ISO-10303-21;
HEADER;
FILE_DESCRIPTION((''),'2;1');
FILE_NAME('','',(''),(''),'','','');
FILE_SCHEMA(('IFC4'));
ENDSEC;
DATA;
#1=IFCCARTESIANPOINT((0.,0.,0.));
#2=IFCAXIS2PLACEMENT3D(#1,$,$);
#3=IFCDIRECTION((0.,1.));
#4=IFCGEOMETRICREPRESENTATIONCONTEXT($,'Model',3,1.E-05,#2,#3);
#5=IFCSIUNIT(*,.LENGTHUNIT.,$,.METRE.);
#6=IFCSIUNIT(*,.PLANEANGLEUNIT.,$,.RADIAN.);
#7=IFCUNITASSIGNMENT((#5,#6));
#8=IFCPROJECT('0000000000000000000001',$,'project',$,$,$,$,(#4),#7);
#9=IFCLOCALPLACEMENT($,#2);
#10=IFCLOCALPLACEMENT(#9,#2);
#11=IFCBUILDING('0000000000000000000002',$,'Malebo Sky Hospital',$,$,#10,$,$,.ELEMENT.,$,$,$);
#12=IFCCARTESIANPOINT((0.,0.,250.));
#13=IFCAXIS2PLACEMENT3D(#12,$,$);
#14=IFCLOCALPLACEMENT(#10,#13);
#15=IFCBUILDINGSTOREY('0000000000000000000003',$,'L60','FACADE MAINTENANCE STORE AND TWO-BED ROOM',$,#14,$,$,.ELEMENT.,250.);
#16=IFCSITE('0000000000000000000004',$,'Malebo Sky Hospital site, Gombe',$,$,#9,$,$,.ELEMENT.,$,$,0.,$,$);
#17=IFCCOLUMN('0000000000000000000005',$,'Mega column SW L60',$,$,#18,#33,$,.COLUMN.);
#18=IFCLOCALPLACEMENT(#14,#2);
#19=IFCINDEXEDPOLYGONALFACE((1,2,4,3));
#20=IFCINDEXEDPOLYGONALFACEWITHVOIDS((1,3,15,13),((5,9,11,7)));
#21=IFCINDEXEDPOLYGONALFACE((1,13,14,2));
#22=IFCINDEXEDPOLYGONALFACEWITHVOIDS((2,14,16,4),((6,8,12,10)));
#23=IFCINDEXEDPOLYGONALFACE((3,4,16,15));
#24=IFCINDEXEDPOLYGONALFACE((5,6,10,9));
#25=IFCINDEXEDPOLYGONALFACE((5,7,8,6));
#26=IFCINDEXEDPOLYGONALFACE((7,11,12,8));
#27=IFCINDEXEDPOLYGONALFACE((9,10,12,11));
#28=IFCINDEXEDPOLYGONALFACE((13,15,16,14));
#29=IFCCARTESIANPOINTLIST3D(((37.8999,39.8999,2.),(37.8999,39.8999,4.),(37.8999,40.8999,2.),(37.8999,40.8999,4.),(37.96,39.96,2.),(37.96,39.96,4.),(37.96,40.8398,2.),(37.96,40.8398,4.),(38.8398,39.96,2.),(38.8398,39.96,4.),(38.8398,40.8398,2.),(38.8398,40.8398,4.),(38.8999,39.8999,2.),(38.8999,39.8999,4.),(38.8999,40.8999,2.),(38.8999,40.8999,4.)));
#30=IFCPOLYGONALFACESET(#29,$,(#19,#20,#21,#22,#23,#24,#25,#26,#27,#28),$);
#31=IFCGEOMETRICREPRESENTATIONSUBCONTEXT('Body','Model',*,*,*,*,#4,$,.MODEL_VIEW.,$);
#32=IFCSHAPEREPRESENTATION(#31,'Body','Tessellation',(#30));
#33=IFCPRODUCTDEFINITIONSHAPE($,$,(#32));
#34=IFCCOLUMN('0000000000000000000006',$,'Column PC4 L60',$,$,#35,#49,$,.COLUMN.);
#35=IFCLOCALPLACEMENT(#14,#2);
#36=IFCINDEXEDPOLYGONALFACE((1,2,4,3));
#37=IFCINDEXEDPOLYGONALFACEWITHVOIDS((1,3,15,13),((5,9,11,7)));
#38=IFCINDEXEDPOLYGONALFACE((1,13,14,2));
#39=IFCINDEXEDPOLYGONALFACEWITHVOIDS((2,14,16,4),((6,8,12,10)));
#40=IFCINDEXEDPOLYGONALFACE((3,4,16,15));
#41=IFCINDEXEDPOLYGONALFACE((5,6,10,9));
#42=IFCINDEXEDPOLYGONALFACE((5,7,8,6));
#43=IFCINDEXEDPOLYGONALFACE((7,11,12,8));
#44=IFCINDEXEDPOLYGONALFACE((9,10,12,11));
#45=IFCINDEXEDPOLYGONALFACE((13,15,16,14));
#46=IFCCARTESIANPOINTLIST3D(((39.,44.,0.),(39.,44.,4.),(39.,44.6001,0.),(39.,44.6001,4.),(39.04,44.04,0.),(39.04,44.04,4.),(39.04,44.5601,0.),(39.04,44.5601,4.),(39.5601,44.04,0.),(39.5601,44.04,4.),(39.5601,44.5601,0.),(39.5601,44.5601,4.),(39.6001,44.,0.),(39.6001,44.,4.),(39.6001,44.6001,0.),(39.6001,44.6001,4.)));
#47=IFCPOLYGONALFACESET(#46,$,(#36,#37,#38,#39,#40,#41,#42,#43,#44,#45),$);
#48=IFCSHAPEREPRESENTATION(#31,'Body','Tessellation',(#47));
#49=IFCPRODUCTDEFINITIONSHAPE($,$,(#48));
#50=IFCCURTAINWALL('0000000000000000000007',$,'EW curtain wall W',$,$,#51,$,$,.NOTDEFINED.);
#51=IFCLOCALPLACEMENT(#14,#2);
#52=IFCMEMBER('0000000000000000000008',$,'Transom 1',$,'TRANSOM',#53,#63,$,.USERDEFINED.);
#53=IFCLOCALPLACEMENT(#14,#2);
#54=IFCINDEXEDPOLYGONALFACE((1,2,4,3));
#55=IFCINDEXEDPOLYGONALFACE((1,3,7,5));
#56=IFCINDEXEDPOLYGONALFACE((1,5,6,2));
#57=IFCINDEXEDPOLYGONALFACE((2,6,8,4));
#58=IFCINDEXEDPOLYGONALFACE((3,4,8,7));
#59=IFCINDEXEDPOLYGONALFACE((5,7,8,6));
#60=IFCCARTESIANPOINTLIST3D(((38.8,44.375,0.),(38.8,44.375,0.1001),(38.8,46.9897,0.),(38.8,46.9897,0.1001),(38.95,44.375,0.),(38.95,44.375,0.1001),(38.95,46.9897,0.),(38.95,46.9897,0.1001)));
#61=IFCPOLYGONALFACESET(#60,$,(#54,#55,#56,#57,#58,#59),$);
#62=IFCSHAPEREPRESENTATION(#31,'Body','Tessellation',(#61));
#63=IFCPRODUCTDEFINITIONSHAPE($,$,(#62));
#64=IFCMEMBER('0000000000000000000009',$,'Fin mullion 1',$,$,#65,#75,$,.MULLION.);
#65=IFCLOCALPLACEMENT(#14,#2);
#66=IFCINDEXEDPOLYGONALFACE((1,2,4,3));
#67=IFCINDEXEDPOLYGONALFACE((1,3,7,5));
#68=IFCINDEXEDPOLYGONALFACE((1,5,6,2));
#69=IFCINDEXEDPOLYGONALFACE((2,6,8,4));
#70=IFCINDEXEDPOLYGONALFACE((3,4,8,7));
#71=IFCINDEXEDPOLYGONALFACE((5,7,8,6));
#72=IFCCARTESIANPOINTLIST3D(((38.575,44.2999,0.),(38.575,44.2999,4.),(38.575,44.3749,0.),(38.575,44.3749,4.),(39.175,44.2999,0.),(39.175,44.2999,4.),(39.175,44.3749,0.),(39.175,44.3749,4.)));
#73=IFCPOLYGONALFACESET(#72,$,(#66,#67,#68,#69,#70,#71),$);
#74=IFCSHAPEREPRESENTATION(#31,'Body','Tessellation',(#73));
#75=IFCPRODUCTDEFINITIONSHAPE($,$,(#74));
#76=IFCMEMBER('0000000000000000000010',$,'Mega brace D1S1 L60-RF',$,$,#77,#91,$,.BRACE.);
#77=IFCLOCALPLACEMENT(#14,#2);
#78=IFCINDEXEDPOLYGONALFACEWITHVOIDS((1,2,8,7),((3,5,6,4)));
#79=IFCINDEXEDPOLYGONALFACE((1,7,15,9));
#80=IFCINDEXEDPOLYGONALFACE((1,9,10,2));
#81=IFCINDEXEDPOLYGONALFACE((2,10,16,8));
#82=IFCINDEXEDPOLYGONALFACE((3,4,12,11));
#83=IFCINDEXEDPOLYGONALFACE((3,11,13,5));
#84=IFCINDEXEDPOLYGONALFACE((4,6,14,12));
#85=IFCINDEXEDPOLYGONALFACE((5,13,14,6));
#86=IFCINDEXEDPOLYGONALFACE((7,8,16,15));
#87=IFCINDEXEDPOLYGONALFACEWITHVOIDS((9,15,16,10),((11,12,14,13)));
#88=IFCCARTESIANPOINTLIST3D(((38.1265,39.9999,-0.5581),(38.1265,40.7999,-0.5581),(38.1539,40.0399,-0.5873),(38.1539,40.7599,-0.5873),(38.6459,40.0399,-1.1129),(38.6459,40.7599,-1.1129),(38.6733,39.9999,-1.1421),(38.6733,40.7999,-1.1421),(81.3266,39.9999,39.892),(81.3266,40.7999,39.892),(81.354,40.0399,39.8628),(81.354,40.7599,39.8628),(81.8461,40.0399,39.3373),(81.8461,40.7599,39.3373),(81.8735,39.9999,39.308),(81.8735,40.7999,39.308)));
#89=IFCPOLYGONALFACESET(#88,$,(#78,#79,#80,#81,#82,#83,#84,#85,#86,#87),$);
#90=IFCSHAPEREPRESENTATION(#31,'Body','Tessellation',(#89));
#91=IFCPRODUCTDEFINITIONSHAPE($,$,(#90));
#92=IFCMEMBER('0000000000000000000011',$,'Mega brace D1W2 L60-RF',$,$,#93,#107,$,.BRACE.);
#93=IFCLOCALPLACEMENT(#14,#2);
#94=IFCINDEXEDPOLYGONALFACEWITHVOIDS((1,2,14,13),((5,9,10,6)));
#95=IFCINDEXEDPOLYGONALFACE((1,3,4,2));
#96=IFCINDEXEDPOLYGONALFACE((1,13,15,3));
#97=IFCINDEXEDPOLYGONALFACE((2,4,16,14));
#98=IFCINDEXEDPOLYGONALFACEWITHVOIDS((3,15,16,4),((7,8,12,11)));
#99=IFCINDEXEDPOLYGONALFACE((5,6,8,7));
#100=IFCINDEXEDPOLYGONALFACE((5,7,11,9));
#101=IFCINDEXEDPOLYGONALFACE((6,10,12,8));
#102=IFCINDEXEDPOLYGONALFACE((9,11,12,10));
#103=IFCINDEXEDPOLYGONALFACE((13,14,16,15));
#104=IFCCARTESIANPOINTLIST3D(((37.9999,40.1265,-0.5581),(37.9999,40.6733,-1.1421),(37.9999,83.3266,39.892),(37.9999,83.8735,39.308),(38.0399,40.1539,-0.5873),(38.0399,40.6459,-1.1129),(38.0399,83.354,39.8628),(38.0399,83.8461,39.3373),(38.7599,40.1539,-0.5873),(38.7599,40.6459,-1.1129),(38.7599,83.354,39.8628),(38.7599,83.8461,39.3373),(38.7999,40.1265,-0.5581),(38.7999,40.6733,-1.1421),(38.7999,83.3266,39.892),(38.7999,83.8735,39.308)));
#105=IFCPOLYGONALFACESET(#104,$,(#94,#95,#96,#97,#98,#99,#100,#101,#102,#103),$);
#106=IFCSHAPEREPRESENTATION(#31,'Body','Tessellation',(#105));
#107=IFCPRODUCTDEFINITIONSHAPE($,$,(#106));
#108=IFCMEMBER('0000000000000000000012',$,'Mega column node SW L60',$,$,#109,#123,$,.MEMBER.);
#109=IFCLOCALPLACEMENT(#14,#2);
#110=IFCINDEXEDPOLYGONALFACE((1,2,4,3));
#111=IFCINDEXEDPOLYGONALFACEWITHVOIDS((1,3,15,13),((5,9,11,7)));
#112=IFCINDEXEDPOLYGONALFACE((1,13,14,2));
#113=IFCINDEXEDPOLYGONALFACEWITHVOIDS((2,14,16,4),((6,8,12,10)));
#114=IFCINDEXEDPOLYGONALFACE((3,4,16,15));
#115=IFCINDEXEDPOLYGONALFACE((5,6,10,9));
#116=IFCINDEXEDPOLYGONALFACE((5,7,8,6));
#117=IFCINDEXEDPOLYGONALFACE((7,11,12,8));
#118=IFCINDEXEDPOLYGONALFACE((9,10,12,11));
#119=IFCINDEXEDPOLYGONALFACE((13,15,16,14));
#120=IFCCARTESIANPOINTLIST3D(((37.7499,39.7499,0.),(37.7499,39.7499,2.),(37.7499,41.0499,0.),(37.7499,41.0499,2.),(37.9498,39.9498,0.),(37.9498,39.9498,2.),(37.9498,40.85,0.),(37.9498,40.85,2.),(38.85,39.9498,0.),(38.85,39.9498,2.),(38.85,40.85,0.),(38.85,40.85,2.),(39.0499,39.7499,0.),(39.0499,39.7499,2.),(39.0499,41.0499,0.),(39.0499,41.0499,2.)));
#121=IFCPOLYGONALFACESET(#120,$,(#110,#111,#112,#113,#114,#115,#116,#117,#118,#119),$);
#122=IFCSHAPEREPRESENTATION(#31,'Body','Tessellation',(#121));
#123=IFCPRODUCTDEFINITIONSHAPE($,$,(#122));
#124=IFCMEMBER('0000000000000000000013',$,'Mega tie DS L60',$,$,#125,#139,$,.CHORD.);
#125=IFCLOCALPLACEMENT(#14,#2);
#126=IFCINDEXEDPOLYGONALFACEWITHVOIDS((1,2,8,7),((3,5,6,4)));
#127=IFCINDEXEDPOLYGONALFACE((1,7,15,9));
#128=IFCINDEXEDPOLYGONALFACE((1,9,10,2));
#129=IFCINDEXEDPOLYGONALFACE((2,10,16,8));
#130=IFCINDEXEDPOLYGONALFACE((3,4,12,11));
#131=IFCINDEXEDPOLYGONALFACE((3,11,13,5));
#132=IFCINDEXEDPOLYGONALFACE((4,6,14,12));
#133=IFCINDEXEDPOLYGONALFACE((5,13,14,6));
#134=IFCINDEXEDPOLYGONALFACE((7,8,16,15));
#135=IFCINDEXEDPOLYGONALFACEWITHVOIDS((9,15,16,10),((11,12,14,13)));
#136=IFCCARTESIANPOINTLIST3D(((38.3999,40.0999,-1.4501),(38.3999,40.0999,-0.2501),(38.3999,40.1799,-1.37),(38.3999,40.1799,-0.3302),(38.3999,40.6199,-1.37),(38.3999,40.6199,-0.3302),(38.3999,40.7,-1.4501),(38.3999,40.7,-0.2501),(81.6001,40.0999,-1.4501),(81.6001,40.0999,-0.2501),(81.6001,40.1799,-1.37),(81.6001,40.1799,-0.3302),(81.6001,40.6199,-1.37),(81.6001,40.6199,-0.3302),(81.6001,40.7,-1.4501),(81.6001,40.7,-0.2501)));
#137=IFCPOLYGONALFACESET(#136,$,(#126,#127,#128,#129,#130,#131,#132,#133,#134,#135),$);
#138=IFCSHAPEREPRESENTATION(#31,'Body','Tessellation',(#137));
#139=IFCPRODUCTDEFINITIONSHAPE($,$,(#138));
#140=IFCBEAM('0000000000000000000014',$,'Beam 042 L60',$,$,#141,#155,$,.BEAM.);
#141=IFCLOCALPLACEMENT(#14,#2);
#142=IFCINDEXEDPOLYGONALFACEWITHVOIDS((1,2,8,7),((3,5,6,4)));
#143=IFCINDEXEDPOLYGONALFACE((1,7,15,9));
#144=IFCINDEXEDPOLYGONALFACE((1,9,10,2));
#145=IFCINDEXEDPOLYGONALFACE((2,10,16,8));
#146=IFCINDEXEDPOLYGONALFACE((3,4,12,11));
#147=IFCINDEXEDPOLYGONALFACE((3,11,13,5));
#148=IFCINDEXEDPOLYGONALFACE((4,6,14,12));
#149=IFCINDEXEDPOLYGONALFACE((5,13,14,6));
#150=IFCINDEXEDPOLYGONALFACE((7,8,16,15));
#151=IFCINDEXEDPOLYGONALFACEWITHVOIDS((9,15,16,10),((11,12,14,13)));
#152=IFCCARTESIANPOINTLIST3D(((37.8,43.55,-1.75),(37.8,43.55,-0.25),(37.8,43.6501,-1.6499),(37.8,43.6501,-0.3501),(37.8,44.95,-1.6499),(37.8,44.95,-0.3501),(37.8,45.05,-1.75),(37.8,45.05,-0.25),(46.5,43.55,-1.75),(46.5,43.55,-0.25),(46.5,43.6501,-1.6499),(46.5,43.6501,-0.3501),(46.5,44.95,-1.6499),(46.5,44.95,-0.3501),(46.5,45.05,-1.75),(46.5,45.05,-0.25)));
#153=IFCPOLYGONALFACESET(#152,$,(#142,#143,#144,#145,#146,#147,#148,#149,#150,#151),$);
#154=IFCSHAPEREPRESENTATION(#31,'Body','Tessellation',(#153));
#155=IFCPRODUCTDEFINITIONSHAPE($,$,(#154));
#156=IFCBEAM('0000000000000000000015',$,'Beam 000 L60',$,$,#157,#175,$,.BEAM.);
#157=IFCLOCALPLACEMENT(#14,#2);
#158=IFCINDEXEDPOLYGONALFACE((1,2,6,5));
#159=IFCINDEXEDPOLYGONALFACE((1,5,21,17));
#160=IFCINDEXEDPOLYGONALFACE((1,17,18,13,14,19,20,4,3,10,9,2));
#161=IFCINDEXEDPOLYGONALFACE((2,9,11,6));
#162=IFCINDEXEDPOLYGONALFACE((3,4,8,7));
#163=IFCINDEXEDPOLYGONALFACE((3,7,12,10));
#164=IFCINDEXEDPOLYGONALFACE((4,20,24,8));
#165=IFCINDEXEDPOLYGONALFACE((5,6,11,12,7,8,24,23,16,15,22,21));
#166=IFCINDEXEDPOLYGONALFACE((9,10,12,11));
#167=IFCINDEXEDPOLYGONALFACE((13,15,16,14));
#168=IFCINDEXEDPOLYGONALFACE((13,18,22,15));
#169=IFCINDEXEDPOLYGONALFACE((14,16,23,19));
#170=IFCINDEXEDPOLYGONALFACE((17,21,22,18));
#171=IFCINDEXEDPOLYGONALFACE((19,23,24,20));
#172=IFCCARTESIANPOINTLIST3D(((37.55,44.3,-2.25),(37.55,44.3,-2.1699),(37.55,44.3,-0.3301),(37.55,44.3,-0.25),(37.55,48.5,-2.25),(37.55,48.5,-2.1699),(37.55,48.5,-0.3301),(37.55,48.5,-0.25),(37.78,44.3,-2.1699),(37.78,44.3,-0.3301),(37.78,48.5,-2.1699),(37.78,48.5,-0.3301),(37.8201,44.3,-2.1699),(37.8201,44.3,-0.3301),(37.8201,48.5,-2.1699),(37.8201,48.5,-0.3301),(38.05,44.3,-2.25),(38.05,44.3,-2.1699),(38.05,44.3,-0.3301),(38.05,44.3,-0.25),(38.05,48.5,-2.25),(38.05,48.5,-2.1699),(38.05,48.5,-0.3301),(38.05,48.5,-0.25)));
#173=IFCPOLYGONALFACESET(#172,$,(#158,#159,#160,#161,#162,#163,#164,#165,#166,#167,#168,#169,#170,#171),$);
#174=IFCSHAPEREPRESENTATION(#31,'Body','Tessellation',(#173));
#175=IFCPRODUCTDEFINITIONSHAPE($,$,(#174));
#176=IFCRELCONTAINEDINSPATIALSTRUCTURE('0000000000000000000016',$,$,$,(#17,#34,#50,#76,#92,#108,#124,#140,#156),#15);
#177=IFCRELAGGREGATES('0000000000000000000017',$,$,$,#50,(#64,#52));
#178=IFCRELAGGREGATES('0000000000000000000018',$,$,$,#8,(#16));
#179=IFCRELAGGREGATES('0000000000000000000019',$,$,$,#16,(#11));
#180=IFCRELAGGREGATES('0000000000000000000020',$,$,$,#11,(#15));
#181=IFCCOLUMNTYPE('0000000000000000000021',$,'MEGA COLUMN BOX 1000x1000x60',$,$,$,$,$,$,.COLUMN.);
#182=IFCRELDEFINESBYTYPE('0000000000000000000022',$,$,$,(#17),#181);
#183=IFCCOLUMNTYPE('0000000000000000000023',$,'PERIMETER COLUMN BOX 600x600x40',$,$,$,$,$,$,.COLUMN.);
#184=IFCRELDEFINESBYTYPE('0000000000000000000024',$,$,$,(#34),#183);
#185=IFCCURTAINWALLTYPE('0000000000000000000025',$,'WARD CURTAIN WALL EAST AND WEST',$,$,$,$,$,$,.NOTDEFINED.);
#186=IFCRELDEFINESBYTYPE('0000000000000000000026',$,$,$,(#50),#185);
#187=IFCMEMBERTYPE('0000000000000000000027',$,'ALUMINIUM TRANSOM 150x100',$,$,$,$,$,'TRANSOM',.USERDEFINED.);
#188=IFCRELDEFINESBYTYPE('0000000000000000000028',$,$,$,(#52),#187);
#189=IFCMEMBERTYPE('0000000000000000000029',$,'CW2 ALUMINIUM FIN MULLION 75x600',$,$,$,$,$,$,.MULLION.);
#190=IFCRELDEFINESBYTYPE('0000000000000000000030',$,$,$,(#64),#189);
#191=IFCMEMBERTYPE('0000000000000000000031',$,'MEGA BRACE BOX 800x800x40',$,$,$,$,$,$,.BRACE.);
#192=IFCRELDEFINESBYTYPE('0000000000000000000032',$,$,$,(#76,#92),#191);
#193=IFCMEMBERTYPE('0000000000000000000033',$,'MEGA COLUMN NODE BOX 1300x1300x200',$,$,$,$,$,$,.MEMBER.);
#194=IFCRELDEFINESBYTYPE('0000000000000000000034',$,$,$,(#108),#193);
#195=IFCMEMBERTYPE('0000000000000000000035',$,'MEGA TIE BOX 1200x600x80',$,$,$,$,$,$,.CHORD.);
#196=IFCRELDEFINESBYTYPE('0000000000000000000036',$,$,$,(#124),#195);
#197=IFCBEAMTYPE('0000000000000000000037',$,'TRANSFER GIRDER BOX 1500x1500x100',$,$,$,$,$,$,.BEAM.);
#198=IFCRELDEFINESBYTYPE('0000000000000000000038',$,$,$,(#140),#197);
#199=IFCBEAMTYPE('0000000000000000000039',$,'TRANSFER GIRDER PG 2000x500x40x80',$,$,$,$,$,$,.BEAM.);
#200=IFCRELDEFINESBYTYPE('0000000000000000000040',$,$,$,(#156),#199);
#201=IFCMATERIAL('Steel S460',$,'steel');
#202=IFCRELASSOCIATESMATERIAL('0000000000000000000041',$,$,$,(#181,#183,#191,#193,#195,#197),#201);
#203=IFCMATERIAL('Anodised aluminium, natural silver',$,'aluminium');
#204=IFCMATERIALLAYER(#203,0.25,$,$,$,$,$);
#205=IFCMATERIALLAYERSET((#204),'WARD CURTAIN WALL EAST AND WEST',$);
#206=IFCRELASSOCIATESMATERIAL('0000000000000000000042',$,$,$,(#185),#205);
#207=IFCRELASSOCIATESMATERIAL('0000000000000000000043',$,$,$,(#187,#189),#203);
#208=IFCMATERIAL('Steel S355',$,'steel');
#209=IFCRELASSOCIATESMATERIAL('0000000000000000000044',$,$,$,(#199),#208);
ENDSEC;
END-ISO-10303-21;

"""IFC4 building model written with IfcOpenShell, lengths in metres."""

from ifc_helpers import new_model, si_unit, direction, frame, origin, origin_2d, place, context, subcontext, project, spatial, rectangle, hollow_rectangle, i_section, extrude, material, layer, layer_set, material_profile, profile_set, type_object, element, aggregate, save


model = new_model("IFC4")

# Units and contexts
model_context = context("Model", 3, precision=1e-05, world=origin(), true_north=direction((0.0, 1.0)))
body_context = subcontext(model_context, "Body", "Model", "MODEL_VIEW")
ifc_project = project(units=[si_unit("LENGTHUNIT", "METRE"), si_unit("PLANEANGLEUNIT", "RADIAN")], contexts=[model_context])

# Site, building, storey
site_placement = place(None, origin())
site = spatial("IfcSite", under=ifc_project, at=site_placement, Name="Malebo Sky Hospital site, Gombe", CompositionType="ELEMENT", RefElevation=0.0)
building_placement = place(site_placement, origin())
building = spatial("IfcBuilding", under=site, at=building_placement, Name="Malebo Sky Hospital", CompositionType="ELEMENT")
storey_placement = place(building_placement, frame((0.0, 0.0, 250.0)))
storey = spatial("IfcBuildingStorey", under=building, at=storey_placement, Name="L60", Description="FACADE MAINTENANCE STORE AND TWO-BED ROOM", CompositionType="ELEMENT", Elevation=250.0)

# Columns
ifc_material_1 = material(Name="Steel S460", Category="steel")
ifc_material_profile_1 = material_profile(ifc_material_1, hollow_rectangle(XDim=1.0, YDim=1.0, WallThickness=0.0601, at=origin_2d()), Name="BOX 1000x1000x60")
ifc_profile_set_1 = profile_set([ifc_material_profile_1], Name="Steel S460")
column_type_1 = type_object("IfcColumnType", Name="MEGA COLUMN BOX 1000x1000x60", PredefinedType="COLUMN", material=ifc_profile_set_1)
column_1_placement = place(storey_placement, frame((38.3999, 40.3999, 2.0), z_axis=(0.0, 0.0, 1.0), x_axis=(1.0, 0.0, 0.0)))
element("IfcColumn", 1, at=column_1_placement, inside=storey, type_object=column_type_1, Name="Mega column SW L60", PredefinedType="COLUMN", context=body_context, shape_type="SweptSolid", body=[
    extrude(hollow_rectangle(XDim=1.0, YDim=1.0, WallThickness=0.0601, at=origin_2d()), origin(), (0.0, 0.0, 1.0), 2.0),
])
ifc_material_profile_2 = material_profile(ifc_material_1, hollow_rectangle(XDim=0.6001, YDim=0.6001, WallThickness=0.04, at=origin_2d()), Name="BOX 600x600x40")
ifc_profile_set_2 = profile_set([ifc_material_profile_2], Name="Steel S460")
column_type_2 = type_object("IfcColumnType", Name="PERIMETER COLUMN BOX 600x600x40", PredefinedType="COLUMN", material=ifc_profile_set_2)
column_2_placement = place(storey_placement, frame((39.3, 44.3, 0.0), z_axis=(0.0, 0.0, 1.0), x_axis=(1.0, 0.0, 0.0)))
element("IfcColumn", 2, at=column_2_placement, inside=storey, type_object=column_type_2, Name="Column PC4 L60", PredefinedType="COLUMN", context=body_context, shape_type="SweptSolid", body=[
    extrude(hollow_rectangle(XDim=0.6001, YDim=0.6001, WallThickness=0.04, at=origin_2d()), origin(), (0.0, 0.0, 1.0), 4.0),
])

# Curtain wall, members
ifc_material_2 = material(Name="Anodised aluminium, natural silver", Category="aluminium")
ifc_layer_1 = layer(ifc_material_2, 0.25)
ifc_layer_set_1 = layer_set([ifc_layer_1], Name="WARD CURTAIN WALL EAST AND WEST")
curtain_wall_type = type_object("IfcCurtainWallType", Name="WARD CURTAIN WALL EAST AND WEST", PredefinedType="NOTDEFINED", material=ifc_layer_set_1)
curtain_wall_placement = place(storey_placement, origin())
curtain_wall = element("IfcCurtainWall", 3, at=curtain_wall_placement, inside=storey, type_object=curtain_wall_type, Name="EW curtain wall W", PredefinedType="NOTDEFINED")
ifc_material_profile_3 = material_profile(ifc_material_2, rectangle(XDim=0.1499, YDim=0.1001, at=origin_2d()), Name="ALUMINIUM TRANSOM 150x100")
ifc_profile_set_3 = profile_set([ifc_material_profile_3], Name="Anodised aluminium, natural silver")
member_type_1 = type_object("IfcMemberType", Name="ALUMINIUM TRANSOM 150x100", ElementType="TRANSOM", PredefinedType="USERDEFINED", material=ifc_profile_set_3)
member_1_placement = place(storey_placement, frame((38.875, 44.375, 0.05), z_axis=(0.0, 1.0, 0.0), x_axis=(-1.0, 0.0, 0.0)))
member_1 = element("IfcMember", 4, at=member_1_placement, type_object=member_type_1, Name="Transom 1", ObjectType="TRANSOM", PredefinedType="USERDEFINED", context=body_context, shape_type="SweptSolid", body=[
    extrude(rectangle(XDim=0.1499, YDim=0.1001, at=origin_2d()), origin(), (0.0, 0.0, 1.0), 2.6147),
])
ifc_material_profile_4 = material_profile(ifc_material_2, rectangle(XDim=0.075, YDim=0.6001, at=origin_2d()), Name="CW2 ALUMINIUM FIN MULLION 75x600")
ifc_profile_set_4 = profile_set([ifc_material_profile_4], Name="Anodised aluminium, natural silver")
member_type_2 = type_object("IfcMemberType", Name="CW2 ALUMINIUM FIN MULLION 75x600", PredefinedType="MULLION", material=ifc_profile_set_4)
member_2_placement = place(storey_placement, frame((38.875, 44.3374, 0.0), z_axis=(0.0, 0.0, 1.0), x_axis=(0.0, 1.0, 0.0)))
member_2 = element("IfcMember", 5, at=member_2_placement, type_object=member_type_2, Name="Fin mullion 1", PredefinedType="MULLION", context=body_context, shape_type="SweptSolid", body=[
    extrude(rectangle(XDim=0.075, YDim=0.6001, at=origin_2d()), origin(), (0.0, 0.0, 1.0), 4.0),
])
aggregate(curtain_wall, [member_2, member_1])

# Members
ifc_material_profile_5 = material_profile(ifc_material_1, hollow_rectangle(XDim=0.8, YDim=0.8, WallThickness=0.04, at=origin_2d()), Name="BOX 800x800x40")
ifc_profile_set_5 = profile_set([ifc_material_profile_5], Name="Steel S460")
member_type_3 = type_object("IfcMemberType", Name="MEGA BRACE BOX 800x800x40", PredefinedType="BRACE", material=ifc_profile_set_5)
for number, where, z_axis, x_axis, name in (
    (6, (38.3999, 40.3999, -0.8501), (0.729959, 0.0, 0.683491), (0.0, 1.0, 0.0), "Mega brace D1S1 L60-RF"),
    (7, (38.3999, 40.3999, -0.8501), (0.0, 0.729959, 0.683491), (-1.0, 0.0, 0.0), "Mega brace D1W2 L60-RF"),
):
    element("IfcMember", number, at=place(storey_placement, frame(where, z_axis=z_axis, x_axis=x_axis)), inside=storey, type_object=member_type_3, Name=name, PredefinedType="BRACE", context=body_context, shape_type="SweptSolid", body=[
        extrude(hollow_rectangle(XDim=0.8, YDim=0.8, WallThickness=0.04, at=origin_2d()), origin(), (0.0, 0.0, 1.0), 59.1816),
    ])
ifc_material_profile_6 = material_profile(ifc_material_1, hollow_rectangle(XDim=1.3, YDim=1.3, WallThickness=0.2, at=origin_2d()), Name="BOX 1300x1300x200")
ifc_profile_set_6 = profile_set([ifc_material_profile_6], Name="Steel S460")
member_type_4 = type_object("IfcMemberType", Name="MEGA COLUMN NODE BOX 1300x1300x200", PredefinedType="MEMBER", material=ifc_profile_set_6)
member_3_placement = place(storey_placement, frame((38.3999, 40.3999, 0.0), z_axis=(0.0, 0.0, 1.0), x_axis=(1.0, 0.0, 0.0)))
element("IfcMember", 8, at=member_3_placement, inside=storey, type_object=member_type_4, Name="Mega column node SW L60", PredefinedType="MEMBER", context=body_context, shape_type="SweptSolid", body=[
    extrude(hollow_rectangle(XDim=1.3, YDim=1.3, WallThickness=0.2, at=origin_2d()), origin(), (0.0, 0.0, 1.0), 2.0),
])
ifc_material_profile_7 = material_profile(ifc_material_1, hollow_rectangle(XDim=0.6001, YDim=1.2, WallThickness=0.0801, at=origin_2d()), Name="BOX 1200x600x80")
ifc_profile_set_7 = profile_set([ifc_material_profile_7], Name="Steel S460")
member_type_5 = type_object("IfcMemberType", Name="MEGA TIE BOX 1200x600x80", PredefinedType="CHORD", material=ifc_profile_set_7)
member_4_placement = place(storey_placement, frame((38.3999, 40.3999, -0.8501), z_axis=(1.0, 0.0, 0.0), x_axis=(0.0, 1.0, 0.0)))
element("IfcMember", 9, at=member_4_placement, inside=storey, type_object=member_type_5, Name="Mega tie DS L60", PredefinedType="CHORD", context=body_context, shape_type="SweptSolid", body=[
    extrude(hollow_rectangle(XDim=0.6001, YDim=1.2, WallThickness=0.0801, at=origin_2d()), origin(), (0.0, 0.0, 1.0), 43.2002),
])

# Beams
ifc_material_profile_8 = material_profile(ifc_material_1, hollow_rectangle(XDim=1.5, YDim=1.5, WallThickness=0.1001, at=origin_2d()), Name="BOX 1500x1500x100")
ifc_profile_set_8 = profile_set([ifc_material_profile_8], Name="Steel S460")
beam_type_1 = type_object("IfcBeamType", Name="TRANSFER GIRDER BOX 1500x1500x100", PredefinedType="BEAM", material=ifc_profile_set_8)
beam_1_placement = place(storey_placement, frame((37.8, 44.3, -1.0), z_axis=(1.0, 0.0, 0.0), x_axis=(0.0, 1.0, 0.0)))
element("IfcBeam", 10, at=beam_1_placement, inside=storey, type_object=beam_type_1, Name="Beam 042 L60", PredefinedType="BEAM", context=body_context, shape_type="SweptSolid", body=[
    extrude(hollow_rectangle(XDim=1.5, YDim=1.5, WallThickness=0.1001, at=origin_2d()), origin(), (0.0, 0.0, 1.0), 8.7),
])
ifc_material_3 = material(Name="Steel S355", Category="steel")
ifc_material_profile_9 = material_profile(ifc_material_3, i_section(OverallWidth=0.5, OverallDepth=2.0, WebThickness=0.04, FlangeThickness=0.0801, at=origin_2d()), Name="PG 2000x500x40x80")
ifc_profile_set_9 = profile_set([ifc_material_profile_9], Name="Steel S355")
beam_type_2 = type_object("IfcBeamType", Name="TRANSFER GIRDER PG 2000x500x40x80", PredefinedType="BEAM", material=ifc_profile_set_9)
beam_2_placement = place(storey_placement, frame((37.8, 44.3, -1.25), z_axis=(0.0, 1.0, 0.0), x_axis=(-1.0, 0.0, 0.0)))
element("IfcBeam", 11, at=beam_2_placement, inside=storey, type_object=beam_type_2, Name="Beam 000 L60", PredefinedType="BEAM", context=body_context, shape_type="SweptSolid", body=[
    extrude(i_section(OverallWidth=0.5, OverallDepth=2.0, WebThickness=0.04, FlangeThickness=0.0801, at=origin_2d()), origin(), (0.0, 0.0, 1.0), 4.2),
])

save(model, "model.ifc")
